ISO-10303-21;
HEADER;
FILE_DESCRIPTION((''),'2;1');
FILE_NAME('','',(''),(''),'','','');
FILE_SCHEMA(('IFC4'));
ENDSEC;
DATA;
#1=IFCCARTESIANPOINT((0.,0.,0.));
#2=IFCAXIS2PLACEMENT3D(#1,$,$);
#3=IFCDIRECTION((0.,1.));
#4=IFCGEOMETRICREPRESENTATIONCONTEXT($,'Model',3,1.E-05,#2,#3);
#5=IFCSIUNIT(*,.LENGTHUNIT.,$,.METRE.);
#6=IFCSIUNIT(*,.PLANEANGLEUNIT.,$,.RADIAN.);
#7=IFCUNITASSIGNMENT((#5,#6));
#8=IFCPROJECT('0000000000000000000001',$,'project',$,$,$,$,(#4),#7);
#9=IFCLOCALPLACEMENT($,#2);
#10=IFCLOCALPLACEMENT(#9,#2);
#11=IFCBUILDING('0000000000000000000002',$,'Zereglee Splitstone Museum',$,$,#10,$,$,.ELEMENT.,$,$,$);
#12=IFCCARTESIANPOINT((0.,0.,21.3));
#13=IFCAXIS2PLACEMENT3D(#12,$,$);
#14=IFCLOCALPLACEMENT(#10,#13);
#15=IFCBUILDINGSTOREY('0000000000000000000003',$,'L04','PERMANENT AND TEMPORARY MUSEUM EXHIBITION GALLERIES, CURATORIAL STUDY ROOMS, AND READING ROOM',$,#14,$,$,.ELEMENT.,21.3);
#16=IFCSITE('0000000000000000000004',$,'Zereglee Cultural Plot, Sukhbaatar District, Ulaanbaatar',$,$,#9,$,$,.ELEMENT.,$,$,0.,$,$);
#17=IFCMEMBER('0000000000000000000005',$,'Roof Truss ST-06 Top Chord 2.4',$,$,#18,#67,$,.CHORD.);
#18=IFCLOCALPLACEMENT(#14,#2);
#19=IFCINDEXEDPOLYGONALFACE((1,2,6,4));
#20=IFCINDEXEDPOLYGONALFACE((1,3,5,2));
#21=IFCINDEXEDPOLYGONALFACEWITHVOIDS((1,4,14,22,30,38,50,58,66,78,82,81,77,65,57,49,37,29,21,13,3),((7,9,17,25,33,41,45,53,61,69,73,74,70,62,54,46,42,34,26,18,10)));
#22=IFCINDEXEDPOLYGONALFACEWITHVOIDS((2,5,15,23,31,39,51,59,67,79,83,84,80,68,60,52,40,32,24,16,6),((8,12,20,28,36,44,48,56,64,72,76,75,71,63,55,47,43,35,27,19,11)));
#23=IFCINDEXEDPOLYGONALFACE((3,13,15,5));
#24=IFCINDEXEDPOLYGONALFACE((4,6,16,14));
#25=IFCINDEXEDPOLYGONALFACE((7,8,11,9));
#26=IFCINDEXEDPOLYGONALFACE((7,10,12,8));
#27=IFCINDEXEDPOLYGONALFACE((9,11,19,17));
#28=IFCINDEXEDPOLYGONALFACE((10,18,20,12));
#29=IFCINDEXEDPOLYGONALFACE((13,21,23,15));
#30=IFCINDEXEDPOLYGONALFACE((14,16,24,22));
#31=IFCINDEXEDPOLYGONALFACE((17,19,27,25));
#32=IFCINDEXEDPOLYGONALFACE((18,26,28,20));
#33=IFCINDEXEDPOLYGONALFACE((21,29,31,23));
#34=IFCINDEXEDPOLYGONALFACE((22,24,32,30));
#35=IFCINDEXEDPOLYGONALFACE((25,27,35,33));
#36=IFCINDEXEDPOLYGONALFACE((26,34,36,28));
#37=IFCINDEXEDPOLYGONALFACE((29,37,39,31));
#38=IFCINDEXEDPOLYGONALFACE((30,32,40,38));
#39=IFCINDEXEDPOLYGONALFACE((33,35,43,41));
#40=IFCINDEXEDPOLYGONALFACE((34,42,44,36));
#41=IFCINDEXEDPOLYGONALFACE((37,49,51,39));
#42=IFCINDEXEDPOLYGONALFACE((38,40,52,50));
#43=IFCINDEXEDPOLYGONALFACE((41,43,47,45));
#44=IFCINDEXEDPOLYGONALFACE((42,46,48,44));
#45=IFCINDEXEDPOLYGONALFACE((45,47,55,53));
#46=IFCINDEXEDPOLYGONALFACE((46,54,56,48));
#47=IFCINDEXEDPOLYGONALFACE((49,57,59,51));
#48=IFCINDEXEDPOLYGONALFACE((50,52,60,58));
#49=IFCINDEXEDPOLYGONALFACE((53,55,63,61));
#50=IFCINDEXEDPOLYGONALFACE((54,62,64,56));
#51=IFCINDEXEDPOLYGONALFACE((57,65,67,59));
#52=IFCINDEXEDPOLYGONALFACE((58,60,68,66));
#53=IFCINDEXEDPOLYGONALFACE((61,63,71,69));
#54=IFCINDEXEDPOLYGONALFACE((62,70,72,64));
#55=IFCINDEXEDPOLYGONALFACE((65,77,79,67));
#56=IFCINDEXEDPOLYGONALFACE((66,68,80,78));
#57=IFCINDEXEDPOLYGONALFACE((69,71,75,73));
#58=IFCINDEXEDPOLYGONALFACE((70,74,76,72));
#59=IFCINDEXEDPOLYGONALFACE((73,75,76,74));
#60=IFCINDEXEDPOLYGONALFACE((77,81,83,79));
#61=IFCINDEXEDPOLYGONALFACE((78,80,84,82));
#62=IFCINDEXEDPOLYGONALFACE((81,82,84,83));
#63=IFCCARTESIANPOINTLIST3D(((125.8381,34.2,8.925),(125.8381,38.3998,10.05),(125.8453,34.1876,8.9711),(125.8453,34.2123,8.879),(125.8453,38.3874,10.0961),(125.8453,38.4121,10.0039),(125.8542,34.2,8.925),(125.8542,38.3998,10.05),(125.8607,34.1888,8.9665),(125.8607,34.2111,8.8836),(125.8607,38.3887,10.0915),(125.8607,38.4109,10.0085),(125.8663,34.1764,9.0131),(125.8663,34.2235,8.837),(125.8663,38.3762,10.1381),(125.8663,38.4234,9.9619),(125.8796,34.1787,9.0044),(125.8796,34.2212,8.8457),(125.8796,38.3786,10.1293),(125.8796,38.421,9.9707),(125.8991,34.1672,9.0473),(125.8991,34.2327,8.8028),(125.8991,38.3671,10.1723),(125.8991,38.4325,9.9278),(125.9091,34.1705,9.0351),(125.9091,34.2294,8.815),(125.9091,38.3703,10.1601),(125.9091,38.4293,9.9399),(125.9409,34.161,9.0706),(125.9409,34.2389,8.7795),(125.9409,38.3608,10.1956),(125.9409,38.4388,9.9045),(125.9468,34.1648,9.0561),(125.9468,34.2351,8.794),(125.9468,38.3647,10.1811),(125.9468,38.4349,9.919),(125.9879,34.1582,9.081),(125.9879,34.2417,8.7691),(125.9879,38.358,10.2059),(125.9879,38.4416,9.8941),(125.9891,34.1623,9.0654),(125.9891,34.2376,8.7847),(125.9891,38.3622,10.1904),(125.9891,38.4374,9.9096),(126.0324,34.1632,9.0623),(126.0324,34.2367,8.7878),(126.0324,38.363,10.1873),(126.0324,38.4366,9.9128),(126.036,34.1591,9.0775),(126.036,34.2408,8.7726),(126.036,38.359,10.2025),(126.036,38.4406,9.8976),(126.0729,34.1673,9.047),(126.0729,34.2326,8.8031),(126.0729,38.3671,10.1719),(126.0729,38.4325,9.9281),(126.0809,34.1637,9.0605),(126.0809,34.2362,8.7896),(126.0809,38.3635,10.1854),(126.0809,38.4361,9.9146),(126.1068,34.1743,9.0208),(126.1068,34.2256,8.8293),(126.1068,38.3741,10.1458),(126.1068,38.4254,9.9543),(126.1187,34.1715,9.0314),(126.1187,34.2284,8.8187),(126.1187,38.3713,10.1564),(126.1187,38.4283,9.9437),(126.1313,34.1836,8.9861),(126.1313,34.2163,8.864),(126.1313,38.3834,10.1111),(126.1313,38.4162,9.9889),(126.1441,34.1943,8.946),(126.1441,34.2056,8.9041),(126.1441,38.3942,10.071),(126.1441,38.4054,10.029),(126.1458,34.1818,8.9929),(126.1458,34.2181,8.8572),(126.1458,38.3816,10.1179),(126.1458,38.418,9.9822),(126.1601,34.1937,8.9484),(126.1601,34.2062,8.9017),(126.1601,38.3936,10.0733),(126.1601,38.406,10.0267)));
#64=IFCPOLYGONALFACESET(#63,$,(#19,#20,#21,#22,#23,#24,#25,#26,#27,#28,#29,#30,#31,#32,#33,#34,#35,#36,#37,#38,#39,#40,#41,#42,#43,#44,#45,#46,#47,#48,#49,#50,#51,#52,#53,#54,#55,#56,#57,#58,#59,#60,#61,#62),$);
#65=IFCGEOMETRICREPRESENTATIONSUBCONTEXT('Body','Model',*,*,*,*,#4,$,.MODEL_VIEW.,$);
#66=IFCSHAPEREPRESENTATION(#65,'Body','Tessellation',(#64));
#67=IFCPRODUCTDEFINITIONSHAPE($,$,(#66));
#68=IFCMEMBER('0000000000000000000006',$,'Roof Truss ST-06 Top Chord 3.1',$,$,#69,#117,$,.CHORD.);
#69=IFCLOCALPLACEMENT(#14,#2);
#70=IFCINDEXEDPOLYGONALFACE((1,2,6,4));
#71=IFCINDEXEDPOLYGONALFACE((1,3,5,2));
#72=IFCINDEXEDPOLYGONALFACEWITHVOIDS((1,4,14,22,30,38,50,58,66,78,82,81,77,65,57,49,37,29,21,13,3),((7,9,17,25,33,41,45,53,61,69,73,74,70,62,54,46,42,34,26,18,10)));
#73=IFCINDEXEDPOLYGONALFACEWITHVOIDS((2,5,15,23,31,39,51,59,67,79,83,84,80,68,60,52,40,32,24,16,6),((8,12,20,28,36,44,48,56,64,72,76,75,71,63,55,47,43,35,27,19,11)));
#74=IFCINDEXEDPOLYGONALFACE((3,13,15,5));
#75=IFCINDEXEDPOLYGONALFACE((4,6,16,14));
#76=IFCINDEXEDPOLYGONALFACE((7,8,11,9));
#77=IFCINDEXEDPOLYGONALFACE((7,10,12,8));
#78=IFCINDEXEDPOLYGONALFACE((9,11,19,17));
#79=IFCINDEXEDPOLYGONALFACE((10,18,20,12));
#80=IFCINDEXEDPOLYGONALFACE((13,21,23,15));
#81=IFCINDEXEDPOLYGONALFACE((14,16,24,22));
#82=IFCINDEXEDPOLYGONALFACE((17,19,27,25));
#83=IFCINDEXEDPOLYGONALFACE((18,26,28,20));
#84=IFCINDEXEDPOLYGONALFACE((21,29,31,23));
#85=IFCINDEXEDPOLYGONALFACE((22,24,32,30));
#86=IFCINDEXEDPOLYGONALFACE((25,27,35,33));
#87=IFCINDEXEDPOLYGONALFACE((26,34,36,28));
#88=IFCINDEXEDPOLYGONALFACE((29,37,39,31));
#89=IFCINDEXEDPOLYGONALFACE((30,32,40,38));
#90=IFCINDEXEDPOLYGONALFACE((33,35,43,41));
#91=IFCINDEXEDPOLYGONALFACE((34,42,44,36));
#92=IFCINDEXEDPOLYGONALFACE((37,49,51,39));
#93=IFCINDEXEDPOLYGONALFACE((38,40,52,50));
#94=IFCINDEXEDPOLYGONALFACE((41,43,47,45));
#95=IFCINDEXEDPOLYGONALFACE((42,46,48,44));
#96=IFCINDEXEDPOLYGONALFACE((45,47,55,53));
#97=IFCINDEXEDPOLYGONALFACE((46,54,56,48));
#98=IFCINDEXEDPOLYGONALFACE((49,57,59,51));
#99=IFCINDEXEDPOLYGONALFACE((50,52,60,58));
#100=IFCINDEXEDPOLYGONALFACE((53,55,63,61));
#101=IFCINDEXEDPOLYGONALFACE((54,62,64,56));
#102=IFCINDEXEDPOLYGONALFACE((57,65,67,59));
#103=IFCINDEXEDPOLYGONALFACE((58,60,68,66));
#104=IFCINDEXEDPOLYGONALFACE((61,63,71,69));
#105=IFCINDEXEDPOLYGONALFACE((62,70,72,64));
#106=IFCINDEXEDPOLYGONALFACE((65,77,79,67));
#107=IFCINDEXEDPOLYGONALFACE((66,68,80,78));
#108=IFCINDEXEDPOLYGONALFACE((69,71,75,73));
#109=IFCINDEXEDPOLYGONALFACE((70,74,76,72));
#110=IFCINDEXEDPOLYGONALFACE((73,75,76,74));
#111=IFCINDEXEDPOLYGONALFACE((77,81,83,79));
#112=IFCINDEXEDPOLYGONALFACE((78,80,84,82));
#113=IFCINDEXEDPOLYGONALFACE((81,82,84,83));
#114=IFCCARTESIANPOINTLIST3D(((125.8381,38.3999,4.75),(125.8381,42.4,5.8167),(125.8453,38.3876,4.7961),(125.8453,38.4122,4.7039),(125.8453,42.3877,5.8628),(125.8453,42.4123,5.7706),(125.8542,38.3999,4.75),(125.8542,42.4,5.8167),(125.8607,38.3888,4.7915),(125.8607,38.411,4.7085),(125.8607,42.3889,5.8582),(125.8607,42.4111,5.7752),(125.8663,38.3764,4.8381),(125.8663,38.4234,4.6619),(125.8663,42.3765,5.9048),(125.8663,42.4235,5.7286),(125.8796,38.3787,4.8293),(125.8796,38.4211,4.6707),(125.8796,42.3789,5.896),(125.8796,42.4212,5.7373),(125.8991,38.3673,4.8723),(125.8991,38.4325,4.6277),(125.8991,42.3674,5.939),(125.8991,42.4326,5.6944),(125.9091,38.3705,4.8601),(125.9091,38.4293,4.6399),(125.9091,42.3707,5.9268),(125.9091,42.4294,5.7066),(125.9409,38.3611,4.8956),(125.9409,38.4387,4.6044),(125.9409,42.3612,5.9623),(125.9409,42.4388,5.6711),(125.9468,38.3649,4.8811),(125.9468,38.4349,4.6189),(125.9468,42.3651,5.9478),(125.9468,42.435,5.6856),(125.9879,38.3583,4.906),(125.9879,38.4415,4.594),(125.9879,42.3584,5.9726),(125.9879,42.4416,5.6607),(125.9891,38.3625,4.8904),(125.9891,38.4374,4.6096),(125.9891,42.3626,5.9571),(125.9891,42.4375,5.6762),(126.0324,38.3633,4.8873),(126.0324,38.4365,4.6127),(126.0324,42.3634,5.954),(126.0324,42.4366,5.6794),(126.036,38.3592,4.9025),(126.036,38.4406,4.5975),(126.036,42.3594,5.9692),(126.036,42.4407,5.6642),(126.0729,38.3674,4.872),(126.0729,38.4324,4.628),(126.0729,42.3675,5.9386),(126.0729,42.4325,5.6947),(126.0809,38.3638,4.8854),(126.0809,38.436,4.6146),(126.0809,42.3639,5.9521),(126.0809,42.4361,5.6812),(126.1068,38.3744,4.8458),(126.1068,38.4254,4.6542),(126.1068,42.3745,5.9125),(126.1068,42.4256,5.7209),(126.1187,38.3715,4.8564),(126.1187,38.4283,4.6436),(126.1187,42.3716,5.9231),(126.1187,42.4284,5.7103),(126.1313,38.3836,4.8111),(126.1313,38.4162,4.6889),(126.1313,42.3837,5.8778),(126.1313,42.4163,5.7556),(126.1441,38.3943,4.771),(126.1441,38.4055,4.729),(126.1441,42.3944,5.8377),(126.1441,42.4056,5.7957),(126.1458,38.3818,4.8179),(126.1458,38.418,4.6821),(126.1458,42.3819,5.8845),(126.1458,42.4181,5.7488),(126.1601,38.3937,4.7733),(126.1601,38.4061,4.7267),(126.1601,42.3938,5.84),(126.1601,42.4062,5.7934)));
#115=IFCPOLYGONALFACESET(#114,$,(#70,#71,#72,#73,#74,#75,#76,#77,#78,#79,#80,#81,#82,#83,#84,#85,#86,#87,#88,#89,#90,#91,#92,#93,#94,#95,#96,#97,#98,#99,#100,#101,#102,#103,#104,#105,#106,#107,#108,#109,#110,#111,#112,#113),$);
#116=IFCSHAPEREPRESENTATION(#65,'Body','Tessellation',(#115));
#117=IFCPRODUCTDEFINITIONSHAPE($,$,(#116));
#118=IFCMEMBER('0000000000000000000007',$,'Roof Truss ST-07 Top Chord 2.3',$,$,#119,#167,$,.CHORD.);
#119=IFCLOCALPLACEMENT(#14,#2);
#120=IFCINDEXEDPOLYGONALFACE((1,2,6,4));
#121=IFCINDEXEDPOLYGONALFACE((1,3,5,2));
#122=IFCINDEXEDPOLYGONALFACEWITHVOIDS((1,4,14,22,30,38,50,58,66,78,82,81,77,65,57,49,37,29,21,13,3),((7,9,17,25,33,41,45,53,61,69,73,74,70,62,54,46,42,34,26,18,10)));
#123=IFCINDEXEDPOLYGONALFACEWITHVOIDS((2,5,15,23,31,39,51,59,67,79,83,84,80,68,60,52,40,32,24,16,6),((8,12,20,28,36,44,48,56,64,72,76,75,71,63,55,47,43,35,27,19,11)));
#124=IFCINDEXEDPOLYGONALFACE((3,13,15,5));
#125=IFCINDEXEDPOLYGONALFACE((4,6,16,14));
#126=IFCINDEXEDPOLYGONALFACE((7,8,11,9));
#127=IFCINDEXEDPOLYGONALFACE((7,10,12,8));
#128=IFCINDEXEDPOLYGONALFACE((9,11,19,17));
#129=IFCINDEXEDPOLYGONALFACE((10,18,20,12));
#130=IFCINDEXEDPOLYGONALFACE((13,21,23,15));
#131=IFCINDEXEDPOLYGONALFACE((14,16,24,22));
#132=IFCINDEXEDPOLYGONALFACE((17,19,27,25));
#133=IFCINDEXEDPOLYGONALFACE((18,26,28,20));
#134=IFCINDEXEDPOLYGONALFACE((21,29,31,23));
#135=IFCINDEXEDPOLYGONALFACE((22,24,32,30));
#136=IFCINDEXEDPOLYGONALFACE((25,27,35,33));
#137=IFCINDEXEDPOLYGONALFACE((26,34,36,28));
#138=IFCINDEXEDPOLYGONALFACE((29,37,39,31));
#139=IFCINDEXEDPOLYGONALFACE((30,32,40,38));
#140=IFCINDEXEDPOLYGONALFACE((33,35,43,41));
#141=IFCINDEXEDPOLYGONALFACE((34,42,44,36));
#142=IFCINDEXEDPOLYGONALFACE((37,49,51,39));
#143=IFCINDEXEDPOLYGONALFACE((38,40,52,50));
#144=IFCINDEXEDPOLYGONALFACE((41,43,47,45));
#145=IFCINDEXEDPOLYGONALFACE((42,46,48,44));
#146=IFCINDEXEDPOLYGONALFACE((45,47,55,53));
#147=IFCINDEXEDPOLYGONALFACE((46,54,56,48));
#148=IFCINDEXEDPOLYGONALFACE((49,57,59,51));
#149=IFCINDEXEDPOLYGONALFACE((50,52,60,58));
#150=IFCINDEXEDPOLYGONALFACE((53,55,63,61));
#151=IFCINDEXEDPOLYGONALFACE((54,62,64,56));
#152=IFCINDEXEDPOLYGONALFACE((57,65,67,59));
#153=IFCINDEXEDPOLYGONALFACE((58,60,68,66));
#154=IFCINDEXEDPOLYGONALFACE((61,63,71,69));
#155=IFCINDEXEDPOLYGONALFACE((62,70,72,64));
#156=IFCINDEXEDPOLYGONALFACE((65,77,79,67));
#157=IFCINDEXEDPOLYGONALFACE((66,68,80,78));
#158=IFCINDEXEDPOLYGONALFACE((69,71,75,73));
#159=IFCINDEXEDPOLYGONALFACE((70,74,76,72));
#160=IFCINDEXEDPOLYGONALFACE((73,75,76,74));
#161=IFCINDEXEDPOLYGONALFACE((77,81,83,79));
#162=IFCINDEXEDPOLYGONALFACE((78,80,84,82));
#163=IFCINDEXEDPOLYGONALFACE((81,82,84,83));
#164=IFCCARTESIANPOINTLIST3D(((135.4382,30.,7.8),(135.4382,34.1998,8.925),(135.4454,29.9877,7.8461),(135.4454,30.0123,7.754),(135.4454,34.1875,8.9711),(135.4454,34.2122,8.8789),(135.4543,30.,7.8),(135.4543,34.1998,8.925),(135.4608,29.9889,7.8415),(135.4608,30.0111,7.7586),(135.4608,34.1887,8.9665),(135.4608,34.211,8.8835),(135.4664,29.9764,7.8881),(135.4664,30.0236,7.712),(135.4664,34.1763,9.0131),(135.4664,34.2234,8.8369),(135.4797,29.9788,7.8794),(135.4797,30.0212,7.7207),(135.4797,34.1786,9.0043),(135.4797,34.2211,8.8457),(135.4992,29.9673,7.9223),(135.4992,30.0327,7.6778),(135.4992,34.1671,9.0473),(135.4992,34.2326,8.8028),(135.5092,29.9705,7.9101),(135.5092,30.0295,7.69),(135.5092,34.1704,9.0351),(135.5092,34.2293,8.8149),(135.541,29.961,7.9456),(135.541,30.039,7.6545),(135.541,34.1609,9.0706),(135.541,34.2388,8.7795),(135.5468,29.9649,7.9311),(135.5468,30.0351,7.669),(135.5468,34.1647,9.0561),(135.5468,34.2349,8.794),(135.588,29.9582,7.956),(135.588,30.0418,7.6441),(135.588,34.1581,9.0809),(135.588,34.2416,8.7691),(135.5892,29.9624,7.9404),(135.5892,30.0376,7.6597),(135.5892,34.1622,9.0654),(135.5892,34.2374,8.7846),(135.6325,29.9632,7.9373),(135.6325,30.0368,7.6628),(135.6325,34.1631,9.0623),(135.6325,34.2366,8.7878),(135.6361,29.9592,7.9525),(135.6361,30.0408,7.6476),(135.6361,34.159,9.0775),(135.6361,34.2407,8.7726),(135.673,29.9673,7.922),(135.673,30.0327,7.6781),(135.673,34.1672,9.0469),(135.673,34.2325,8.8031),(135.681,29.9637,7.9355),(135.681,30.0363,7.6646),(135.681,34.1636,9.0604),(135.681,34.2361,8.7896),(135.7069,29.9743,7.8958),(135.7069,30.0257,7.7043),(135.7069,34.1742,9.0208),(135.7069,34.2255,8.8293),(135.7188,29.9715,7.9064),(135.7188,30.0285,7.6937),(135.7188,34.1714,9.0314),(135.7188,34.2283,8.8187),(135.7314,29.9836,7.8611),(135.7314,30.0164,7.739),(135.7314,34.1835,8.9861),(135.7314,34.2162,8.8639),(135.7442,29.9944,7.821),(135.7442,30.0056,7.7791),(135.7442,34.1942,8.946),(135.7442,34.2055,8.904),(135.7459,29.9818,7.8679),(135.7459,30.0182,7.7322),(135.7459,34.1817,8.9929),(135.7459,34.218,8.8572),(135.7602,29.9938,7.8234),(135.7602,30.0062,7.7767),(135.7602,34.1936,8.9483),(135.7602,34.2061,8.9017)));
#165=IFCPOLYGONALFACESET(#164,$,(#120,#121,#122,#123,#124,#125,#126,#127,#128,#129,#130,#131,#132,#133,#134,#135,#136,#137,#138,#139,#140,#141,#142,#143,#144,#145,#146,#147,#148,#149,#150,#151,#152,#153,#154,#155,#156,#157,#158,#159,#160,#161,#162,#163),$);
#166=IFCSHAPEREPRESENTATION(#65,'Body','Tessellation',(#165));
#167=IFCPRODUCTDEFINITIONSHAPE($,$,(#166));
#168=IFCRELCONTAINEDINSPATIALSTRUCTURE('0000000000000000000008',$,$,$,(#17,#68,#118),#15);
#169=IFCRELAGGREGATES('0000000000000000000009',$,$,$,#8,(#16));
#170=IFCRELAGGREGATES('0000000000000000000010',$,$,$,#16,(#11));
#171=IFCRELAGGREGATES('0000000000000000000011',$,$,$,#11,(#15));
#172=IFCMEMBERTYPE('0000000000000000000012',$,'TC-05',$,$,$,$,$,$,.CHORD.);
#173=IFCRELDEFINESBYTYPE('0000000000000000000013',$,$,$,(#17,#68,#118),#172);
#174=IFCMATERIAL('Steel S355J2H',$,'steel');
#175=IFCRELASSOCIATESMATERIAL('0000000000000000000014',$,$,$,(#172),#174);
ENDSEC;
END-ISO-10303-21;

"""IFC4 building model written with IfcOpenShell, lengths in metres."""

from ifc_helpers import new_model, si_unit, direction, frame, origin, origin_2d, place, context, subcontext, project, spatial, hollow_circle, extrude, material, material_profile, profile_set, type_object, element, save


model = new_model("IFC4")

# Units and contexts
model_context = context("Model", 3, precision=1e-05, world=origin(), true_north=direction((0.0, 1.0)))
body_context = subcontext(model_context, "Body", "Model", "MODEL_VIEW")
ifc_project = project(units=[si_unit("LENGTHUNIT", "METRE"), si_unit("PLANEANGLEUNIT", "RADIAN")], contexts=[model_context])

# Site, building, storey
site_placement = place(None, origin())
site = spatial("IfcSite", under=ifc_project, at=site_placement, Name="Zereglee Cultural Plot, Sukhbaatar District, Ulaanbaatar", CompositionType="ELEMENT", RefElevation=0.0)
building_placement = place(site_placement, origin())
building = spatial("IfcBuilding", under=site, at=building_placement, Name="Zereglee Splitstone Museum", CompositionType="ELEMENT")
storey_placement = place(building_placement, frame((0.0, 0.0, 21.3)))
storey = spatial("IfcBuildingStorey", under=building, at=storey_placement, Name="L04", Description="PERMANENT AND TEMPORARY MUSEUM EXHIBITION GALLERIES, CURATORIAL STUDY ROOMS, AND READING ROOM", CompositionType="ELEMENT", Elevation=21.3)

# Members
ifc_material_1 = material(Name="Steel S355J2H", Category="steel")
ifc_material_profile_1 = material_profile(ifc_material_1, hollow_circle(Radius=0.1619, WallThickness=0.0161, at=origin_2d()), Name="CHS 323.9x16")
ifc_profile_set_1 = profile_set([ifc_material_profile_1], Name="Steel S355J2H")
member_type_1 = type_object("IfcMemberType", Name="TC-05", PredefinedType="CHORD", material=ifc_profile_set_1)
member_1_placement = place(storey_placement, frame((126.0, 34.2, 8.925), z_axis=(0.0, 0.965947, 0.258739), x_axis=(-1.0, 0.0, 0.0)))
element("IfcMember", 1, at=member_1_placement, inside=storey, type_object=member_type_1, Name="Roof Truss ST-06 Top Chord 2.4", PredefinedType="CHORD", context=body_context, shape_type="SweptSolid", body=[
    extrude(hollow_circle(Radius=0.1619, WallThickness=0.0161, at=origin_2d()), origin(), (0.0, 0.0, 1.0), 4.3479),
])
member_2_placement = place(storey_placement, frame((126.0, 38.3999, 4.75), z_axis=(0.0, 0.966236, 0.257659), x_axis=(-1.0, 0.0, 0.0)))
element("IfcMember", 2, at=member_2_placement, inside=storey, type_object=member_type_1, Name="Roof Truss ST-06 Top Chord 3.1", PredefinedType="CHORD", context=body_context, shape_type="SweptSolid", body=[
    extrude(hollow_circle(Radius=0.1619, WallThickness=0.0161, at=origin_2d()), origin(), (0.0, 0.0, 1.0), 4.1399),
])
for number, where, z_axis, x_axis, name in (
    (3, (135.6001, 30.0, 7.8), (0.0, 0.965947, 0.258739), (-1.0, 0.0, 0.0), "Roof Truss ST-07 Top Chord 2.3"),
):
    element("IfcMember", number, at=place(storey_placement, frame(where, z_axis=z_axis, x_axis=x_axis)), inside=storey, type_object=member_type_1, Name=name, PredefinedType="CHORD", context=body_context, shape_type="SweptSolid", body=[
        extrude(hollow_circle(Radius=0.1619, WallThickness=0.0161, at=origin_2d()), origin(), (0.0, 0.0, 1.0), 4.3479),
    ])

save(model, "model.ifc")
